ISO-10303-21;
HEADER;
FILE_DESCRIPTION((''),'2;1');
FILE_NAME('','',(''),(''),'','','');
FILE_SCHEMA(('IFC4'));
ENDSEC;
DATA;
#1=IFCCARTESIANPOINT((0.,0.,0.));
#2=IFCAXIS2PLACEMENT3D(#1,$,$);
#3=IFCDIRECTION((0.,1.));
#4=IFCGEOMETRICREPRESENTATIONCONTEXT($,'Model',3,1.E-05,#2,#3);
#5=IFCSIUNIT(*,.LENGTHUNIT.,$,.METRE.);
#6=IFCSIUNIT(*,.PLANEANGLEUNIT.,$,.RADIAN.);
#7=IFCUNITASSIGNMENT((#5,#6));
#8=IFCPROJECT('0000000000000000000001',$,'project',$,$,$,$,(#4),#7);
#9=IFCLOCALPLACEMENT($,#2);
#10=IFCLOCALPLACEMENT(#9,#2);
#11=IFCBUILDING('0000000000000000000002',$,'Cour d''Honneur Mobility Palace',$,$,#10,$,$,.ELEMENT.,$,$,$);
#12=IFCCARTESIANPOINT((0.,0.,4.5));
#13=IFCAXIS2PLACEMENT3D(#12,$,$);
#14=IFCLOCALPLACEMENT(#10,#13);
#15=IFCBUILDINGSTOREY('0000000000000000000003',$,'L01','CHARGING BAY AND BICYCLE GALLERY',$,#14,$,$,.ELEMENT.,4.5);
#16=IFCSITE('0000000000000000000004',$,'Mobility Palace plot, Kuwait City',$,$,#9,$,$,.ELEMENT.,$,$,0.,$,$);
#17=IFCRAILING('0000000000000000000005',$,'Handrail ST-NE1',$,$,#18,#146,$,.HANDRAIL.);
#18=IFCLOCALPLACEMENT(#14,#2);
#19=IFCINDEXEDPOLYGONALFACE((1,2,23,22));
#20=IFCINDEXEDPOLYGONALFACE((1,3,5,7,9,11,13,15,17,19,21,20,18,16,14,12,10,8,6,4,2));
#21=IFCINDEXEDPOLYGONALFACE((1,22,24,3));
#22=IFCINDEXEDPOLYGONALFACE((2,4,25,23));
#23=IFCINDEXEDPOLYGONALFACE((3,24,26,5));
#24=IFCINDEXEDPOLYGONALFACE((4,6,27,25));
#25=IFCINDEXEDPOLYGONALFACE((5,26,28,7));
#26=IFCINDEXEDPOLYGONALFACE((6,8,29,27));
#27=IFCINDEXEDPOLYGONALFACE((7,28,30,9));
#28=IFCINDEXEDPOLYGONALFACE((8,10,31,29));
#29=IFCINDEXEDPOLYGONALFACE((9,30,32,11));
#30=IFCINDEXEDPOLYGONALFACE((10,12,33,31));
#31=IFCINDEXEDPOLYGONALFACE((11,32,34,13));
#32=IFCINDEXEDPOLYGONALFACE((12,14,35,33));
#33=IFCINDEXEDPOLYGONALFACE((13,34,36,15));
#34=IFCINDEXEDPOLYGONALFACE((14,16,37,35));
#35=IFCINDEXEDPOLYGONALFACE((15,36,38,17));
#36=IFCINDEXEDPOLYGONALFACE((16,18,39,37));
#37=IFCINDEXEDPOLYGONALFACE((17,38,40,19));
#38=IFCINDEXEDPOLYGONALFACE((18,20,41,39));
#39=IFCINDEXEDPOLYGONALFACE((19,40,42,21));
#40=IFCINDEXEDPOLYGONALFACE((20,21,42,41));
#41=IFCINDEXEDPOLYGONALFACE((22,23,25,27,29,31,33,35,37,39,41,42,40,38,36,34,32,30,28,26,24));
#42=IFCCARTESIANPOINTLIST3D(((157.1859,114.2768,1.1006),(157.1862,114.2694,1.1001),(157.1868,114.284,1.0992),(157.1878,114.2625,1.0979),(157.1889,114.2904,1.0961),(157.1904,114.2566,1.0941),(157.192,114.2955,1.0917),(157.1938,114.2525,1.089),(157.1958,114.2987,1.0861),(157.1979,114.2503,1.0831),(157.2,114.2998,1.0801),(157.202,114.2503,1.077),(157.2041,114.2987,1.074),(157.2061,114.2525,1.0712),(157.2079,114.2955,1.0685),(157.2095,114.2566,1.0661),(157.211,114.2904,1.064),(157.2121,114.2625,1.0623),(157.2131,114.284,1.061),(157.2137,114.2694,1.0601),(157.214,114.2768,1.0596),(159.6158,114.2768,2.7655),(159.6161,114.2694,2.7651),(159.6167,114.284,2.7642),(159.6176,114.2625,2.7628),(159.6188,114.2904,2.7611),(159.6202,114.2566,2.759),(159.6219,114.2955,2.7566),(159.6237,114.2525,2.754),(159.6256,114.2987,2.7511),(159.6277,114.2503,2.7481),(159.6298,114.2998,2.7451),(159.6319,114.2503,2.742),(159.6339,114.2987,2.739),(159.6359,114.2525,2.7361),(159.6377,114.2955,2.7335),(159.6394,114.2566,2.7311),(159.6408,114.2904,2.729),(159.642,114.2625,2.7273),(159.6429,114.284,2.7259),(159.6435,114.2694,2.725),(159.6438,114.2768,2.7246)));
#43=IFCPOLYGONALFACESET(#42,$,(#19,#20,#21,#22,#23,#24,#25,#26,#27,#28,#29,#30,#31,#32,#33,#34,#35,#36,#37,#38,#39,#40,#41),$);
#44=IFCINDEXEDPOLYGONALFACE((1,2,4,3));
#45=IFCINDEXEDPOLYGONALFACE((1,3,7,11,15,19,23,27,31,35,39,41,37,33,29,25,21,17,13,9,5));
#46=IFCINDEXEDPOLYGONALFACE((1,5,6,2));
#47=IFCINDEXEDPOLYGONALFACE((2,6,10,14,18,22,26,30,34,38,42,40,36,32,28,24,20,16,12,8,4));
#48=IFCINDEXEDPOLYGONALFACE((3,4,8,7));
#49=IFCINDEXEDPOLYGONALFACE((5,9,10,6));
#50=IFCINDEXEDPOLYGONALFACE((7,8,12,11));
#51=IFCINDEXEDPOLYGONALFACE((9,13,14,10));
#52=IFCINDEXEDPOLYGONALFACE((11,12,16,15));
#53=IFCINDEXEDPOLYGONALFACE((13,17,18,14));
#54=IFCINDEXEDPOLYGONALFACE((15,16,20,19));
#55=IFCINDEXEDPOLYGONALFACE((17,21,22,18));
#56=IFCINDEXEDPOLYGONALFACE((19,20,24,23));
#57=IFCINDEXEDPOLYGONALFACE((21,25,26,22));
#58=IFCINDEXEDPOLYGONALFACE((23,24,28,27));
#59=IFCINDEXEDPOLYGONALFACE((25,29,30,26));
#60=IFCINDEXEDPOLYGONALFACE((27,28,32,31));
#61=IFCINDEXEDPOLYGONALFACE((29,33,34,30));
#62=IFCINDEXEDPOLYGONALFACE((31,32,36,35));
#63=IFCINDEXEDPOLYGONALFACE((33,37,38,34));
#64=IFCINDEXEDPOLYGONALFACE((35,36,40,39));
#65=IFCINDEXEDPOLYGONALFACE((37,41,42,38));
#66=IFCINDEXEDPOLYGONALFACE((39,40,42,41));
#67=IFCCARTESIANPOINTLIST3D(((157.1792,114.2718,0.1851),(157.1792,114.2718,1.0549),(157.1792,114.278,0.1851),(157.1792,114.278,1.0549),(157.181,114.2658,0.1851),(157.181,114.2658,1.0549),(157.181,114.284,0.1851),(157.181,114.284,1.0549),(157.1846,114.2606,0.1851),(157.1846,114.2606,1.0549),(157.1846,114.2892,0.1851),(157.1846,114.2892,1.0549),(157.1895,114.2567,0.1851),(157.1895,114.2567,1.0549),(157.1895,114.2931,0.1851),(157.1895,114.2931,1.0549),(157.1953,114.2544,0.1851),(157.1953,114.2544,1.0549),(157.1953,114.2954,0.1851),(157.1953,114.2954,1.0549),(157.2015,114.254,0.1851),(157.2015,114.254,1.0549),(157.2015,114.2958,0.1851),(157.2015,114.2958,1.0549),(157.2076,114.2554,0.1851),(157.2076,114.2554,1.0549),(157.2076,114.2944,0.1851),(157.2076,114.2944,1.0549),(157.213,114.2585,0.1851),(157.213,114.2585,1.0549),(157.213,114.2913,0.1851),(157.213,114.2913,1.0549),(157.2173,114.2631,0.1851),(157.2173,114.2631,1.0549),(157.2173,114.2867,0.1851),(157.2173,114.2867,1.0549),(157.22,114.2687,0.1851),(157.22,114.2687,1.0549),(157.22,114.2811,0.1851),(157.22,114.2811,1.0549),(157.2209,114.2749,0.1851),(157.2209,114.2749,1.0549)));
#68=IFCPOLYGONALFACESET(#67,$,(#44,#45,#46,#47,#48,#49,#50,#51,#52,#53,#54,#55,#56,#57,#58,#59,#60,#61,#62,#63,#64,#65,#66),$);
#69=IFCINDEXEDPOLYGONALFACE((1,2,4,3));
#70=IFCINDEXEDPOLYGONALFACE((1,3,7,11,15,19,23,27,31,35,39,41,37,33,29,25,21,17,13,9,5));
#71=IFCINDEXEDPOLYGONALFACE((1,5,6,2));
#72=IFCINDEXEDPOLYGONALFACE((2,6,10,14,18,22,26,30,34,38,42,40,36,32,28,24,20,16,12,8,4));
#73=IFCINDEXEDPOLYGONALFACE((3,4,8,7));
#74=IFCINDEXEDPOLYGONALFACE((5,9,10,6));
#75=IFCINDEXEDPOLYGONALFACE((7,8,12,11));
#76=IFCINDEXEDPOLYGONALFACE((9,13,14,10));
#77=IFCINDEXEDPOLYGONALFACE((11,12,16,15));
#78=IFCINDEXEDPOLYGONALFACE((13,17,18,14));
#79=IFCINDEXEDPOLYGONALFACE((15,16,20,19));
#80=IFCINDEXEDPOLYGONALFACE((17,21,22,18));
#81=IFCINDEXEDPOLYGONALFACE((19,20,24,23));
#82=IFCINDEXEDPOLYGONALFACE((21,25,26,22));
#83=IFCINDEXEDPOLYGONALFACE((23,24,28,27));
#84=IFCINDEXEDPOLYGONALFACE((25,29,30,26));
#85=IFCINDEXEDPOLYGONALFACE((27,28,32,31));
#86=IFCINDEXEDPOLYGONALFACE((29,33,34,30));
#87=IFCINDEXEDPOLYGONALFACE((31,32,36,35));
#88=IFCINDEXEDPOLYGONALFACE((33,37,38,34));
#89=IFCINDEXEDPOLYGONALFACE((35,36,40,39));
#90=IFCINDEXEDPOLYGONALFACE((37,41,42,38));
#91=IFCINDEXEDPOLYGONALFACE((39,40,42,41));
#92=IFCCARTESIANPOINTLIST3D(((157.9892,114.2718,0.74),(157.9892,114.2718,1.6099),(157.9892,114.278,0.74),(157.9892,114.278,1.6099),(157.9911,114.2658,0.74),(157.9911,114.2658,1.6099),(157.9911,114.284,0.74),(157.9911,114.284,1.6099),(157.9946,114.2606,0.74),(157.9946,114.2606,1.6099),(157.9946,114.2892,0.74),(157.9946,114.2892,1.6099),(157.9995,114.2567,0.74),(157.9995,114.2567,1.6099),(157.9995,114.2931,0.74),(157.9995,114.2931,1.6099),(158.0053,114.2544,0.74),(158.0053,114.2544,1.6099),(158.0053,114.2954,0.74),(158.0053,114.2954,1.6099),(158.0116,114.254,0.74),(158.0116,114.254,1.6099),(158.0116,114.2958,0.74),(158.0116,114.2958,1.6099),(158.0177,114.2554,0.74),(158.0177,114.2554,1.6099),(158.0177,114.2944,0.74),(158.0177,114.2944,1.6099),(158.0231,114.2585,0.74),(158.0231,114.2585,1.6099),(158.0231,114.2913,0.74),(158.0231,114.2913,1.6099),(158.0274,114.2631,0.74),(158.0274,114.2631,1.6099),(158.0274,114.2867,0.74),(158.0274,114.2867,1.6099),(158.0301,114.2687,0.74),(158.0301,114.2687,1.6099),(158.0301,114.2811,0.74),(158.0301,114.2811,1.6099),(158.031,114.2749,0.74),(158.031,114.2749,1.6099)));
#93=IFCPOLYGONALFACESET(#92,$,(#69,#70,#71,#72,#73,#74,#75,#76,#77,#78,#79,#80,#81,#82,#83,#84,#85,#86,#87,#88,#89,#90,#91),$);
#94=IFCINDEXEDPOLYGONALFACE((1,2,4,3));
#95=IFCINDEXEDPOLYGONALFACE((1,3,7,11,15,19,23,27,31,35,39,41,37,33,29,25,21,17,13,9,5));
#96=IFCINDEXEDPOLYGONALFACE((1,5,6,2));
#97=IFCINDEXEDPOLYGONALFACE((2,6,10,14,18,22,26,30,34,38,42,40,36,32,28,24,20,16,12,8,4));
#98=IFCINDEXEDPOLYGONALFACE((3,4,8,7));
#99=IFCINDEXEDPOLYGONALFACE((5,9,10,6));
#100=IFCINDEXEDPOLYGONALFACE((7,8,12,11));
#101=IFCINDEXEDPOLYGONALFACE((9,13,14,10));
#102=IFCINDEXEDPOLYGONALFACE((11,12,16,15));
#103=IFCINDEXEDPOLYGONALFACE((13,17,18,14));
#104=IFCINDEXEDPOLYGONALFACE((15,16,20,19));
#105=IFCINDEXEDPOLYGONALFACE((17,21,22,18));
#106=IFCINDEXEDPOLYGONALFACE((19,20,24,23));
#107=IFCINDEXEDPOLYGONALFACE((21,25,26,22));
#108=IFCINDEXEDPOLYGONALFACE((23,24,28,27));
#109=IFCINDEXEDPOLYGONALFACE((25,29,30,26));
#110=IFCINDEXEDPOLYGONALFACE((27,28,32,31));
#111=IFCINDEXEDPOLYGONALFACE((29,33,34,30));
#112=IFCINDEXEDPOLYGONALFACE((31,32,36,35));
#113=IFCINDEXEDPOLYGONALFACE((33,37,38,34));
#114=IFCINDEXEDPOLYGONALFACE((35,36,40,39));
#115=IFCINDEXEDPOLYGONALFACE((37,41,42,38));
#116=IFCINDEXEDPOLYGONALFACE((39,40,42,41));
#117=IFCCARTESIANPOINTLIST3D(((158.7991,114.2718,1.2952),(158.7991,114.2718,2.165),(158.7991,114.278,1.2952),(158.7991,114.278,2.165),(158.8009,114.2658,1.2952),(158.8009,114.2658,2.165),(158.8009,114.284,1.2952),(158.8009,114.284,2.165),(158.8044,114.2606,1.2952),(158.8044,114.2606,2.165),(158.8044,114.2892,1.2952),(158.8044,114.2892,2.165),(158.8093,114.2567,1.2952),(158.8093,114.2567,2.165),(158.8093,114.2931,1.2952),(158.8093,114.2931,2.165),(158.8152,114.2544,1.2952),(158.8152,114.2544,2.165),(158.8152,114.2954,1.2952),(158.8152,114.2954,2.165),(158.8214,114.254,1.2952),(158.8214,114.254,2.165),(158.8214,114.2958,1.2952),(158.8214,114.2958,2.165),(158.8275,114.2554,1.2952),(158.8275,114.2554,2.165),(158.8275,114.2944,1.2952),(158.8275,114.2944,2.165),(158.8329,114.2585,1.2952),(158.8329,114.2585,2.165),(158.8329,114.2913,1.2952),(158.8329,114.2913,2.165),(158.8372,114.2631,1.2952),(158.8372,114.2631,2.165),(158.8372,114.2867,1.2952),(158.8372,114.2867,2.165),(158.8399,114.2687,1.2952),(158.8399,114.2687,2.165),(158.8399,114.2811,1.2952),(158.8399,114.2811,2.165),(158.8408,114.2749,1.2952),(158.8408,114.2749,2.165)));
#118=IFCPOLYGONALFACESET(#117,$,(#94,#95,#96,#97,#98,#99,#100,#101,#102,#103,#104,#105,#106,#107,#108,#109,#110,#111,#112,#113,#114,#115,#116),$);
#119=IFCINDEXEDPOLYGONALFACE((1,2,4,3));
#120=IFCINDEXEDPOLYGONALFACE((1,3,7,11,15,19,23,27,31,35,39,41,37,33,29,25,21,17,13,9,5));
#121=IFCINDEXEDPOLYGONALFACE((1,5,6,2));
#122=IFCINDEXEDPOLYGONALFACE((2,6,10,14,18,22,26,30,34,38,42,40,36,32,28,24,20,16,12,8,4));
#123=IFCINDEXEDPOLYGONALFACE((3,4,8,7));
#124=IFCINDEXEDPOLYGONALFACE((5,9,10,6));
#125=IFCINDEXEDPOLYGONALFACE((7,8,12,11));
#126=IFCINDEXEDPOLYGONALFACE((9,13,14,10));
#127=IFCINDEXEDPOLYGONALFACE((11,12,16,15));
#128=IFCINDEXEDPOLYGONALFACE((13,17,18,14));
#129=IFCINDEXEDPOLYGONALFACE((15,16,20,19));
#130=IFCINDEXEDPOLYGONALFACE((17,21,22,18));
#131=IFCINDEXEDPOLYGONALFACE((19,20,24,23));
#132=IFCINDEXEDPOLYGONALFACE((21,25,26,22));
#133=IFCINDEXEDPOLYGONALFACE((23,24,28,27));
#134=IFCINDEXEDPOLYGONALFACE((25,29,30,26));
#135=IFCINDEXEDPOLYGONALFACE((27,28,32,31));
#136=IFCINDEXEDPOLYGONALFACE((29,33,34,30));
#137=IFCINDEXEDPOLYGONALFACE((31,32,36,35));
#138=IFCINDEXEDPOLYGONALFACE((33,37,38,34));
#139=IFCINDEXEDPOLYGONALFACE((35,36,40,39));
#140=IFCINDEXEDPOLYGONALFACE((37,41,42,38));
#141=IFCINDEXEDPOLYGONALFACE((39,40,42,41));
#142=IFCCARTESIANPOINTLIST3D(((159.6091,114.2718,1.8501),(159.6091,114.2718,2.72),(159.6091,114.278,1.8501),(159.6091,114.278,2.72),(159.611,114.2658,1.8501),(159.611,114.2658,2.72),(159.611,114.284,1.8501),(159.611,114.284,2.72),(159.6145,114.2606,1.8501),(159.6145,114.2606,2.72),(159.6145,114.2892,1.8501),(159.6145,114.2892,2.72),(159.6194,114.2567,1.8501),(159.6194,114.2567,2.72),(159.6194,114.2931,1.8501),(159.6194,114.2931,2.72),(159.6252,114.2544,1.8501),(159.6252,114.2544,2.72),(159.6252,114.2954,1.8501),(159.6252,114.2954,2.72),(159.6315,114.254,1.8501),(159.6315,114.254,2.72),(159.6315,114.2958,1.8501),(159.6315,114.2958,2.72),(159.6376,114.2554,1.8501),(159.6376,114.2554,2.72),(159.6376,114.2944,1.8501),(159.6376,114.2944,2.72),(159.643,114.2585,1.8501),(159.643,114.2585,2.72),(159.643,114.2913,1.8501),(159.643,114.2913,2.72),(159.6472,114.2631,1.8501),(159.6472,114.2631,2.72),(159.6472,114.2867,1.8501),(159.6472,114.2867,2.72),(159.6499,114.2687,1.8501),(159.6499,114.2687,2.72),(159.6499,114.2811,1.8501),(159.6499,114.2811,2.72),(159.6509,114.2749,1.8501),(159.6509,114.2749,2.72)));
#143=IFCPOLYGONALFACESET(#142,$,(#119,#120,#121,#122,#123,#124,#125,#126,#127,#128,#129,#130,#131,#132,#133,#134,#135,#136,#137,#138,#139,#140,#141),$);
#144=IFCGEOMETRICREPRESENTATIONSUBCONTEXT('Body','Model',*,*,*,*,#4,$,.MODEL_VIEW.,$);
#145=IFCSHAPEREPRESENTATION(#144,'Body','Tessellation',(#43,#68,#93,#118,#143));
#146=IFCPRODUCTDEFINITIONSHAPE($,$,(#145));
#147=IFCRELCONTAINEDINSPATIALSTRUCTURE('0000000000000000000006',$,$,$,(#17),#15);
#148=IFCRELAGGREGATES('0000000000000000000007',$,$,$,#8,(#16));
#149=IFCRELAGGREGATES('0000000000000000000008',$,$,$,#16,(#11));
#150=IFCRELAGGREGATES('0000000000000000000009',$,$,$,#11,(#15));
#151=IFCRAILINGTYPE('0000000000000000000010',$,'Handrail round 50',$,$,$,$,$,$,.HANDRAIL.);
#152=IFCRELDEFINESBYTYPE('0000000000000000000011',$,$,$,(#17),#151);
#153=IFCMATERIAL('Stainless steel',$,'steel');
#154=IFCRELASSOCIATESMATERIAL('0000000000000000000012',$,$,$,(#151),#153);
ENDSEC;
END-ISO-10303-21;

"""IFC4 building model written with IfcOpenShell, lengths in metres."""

from ifc_helpers import new_model, si_unit, direction, frame, origin, origin_2d, place, context, subcontext, project, spatial, circle, extrude, material, type_object, element, save


model = new_model("IFC4")

# Units and contexts
model_context = context("Model", 3, precision=1e-05, world=origin(), true_north=direction((0.0, 1.0)))
body_context = subcontext(model_context, "Body", "Model", "MODEL_VIEW")
ifc_project = project(units=[si_unit("LENGTHUNIT", "METRE"), si_unit("PLANEANGLEUNIT", "RADIAN")], contexts=[model_context])

# Site, building, storey
site_placement = place(None, origin())
site = spatial("IfcSite", under=ifc_project, at=site_placement, Name="Mobility Palace plot, Kuwait City", CompositionType="ELEMENT", RefElevation=0.0)
building_placement = place(site_placement, origin())
building = spatial("IfcBuilding", under=site, at=building_placement, Name="Cour d'Honneur Mobility Palace", CompositionType="ELEMENT")
storey_placement = place(building_placement, frame((0.0, 0.0, 4.5)))
storey = spatial("IfcBuildingStorey", under=building, at=storey_placement, Name="L01", Description="CHARGING BAY AND BICYCLE GALLERY", CompositionType="ELEMENT", Elevation=4.5)

# Railing
ifc_material_1 = material(Name="Stainless steel", Category="steel")
railing_type_1 = type_object("IfcRailingType", Name="Handrail round 50", PredefinedType="HANDRAIL", material=ifc_material_1)
for number, where, name in (
    (1, (157.2, 114.2749, 0.1851), "Handrail ST-NE1"),
):
    element("IfcRailing", number, at=place(storey_placement, frame(where)), inside=storey, type_object=railing_type_1, Name=name, PredefinedType="HANDRAIL", context=body_context, shape_type="SweptSolid", body=[
        extrude(circle(Radius=0.0249, at=origin_2d()), frame((0.0, 0.0, 0.895), z_axis=(0.824919, 0.0, 0.565251), x_axis=(0.0, 1.0, 0.0)), (0.0, 0.0, 1.0), 2.9456),
        extrude(circle(Radius=0.021, at=origin_2d()), origin(), (0.0, 0.0, 1.0), 0.8699),
        extrude(circle(Radius=0.021, at=origin_2d()), frame((0.8101, 0.0, 0.5549)), (0.0, 0.0, 1.0), 0.8699),
        extrude(circle(Radius=0.021, at=origin_2d()), frame((1.6199, 0.0, 1.1101)), (0.0, 0.0, 1.0), 0.8699),
        extrude(circle(Radius=0.021, at=origin_2d()), frame((2.4299, 0.0, 1.665)), (0.0, 0.0, 1.0), 0.8699),
    ])

save(model, "model.ifc")
